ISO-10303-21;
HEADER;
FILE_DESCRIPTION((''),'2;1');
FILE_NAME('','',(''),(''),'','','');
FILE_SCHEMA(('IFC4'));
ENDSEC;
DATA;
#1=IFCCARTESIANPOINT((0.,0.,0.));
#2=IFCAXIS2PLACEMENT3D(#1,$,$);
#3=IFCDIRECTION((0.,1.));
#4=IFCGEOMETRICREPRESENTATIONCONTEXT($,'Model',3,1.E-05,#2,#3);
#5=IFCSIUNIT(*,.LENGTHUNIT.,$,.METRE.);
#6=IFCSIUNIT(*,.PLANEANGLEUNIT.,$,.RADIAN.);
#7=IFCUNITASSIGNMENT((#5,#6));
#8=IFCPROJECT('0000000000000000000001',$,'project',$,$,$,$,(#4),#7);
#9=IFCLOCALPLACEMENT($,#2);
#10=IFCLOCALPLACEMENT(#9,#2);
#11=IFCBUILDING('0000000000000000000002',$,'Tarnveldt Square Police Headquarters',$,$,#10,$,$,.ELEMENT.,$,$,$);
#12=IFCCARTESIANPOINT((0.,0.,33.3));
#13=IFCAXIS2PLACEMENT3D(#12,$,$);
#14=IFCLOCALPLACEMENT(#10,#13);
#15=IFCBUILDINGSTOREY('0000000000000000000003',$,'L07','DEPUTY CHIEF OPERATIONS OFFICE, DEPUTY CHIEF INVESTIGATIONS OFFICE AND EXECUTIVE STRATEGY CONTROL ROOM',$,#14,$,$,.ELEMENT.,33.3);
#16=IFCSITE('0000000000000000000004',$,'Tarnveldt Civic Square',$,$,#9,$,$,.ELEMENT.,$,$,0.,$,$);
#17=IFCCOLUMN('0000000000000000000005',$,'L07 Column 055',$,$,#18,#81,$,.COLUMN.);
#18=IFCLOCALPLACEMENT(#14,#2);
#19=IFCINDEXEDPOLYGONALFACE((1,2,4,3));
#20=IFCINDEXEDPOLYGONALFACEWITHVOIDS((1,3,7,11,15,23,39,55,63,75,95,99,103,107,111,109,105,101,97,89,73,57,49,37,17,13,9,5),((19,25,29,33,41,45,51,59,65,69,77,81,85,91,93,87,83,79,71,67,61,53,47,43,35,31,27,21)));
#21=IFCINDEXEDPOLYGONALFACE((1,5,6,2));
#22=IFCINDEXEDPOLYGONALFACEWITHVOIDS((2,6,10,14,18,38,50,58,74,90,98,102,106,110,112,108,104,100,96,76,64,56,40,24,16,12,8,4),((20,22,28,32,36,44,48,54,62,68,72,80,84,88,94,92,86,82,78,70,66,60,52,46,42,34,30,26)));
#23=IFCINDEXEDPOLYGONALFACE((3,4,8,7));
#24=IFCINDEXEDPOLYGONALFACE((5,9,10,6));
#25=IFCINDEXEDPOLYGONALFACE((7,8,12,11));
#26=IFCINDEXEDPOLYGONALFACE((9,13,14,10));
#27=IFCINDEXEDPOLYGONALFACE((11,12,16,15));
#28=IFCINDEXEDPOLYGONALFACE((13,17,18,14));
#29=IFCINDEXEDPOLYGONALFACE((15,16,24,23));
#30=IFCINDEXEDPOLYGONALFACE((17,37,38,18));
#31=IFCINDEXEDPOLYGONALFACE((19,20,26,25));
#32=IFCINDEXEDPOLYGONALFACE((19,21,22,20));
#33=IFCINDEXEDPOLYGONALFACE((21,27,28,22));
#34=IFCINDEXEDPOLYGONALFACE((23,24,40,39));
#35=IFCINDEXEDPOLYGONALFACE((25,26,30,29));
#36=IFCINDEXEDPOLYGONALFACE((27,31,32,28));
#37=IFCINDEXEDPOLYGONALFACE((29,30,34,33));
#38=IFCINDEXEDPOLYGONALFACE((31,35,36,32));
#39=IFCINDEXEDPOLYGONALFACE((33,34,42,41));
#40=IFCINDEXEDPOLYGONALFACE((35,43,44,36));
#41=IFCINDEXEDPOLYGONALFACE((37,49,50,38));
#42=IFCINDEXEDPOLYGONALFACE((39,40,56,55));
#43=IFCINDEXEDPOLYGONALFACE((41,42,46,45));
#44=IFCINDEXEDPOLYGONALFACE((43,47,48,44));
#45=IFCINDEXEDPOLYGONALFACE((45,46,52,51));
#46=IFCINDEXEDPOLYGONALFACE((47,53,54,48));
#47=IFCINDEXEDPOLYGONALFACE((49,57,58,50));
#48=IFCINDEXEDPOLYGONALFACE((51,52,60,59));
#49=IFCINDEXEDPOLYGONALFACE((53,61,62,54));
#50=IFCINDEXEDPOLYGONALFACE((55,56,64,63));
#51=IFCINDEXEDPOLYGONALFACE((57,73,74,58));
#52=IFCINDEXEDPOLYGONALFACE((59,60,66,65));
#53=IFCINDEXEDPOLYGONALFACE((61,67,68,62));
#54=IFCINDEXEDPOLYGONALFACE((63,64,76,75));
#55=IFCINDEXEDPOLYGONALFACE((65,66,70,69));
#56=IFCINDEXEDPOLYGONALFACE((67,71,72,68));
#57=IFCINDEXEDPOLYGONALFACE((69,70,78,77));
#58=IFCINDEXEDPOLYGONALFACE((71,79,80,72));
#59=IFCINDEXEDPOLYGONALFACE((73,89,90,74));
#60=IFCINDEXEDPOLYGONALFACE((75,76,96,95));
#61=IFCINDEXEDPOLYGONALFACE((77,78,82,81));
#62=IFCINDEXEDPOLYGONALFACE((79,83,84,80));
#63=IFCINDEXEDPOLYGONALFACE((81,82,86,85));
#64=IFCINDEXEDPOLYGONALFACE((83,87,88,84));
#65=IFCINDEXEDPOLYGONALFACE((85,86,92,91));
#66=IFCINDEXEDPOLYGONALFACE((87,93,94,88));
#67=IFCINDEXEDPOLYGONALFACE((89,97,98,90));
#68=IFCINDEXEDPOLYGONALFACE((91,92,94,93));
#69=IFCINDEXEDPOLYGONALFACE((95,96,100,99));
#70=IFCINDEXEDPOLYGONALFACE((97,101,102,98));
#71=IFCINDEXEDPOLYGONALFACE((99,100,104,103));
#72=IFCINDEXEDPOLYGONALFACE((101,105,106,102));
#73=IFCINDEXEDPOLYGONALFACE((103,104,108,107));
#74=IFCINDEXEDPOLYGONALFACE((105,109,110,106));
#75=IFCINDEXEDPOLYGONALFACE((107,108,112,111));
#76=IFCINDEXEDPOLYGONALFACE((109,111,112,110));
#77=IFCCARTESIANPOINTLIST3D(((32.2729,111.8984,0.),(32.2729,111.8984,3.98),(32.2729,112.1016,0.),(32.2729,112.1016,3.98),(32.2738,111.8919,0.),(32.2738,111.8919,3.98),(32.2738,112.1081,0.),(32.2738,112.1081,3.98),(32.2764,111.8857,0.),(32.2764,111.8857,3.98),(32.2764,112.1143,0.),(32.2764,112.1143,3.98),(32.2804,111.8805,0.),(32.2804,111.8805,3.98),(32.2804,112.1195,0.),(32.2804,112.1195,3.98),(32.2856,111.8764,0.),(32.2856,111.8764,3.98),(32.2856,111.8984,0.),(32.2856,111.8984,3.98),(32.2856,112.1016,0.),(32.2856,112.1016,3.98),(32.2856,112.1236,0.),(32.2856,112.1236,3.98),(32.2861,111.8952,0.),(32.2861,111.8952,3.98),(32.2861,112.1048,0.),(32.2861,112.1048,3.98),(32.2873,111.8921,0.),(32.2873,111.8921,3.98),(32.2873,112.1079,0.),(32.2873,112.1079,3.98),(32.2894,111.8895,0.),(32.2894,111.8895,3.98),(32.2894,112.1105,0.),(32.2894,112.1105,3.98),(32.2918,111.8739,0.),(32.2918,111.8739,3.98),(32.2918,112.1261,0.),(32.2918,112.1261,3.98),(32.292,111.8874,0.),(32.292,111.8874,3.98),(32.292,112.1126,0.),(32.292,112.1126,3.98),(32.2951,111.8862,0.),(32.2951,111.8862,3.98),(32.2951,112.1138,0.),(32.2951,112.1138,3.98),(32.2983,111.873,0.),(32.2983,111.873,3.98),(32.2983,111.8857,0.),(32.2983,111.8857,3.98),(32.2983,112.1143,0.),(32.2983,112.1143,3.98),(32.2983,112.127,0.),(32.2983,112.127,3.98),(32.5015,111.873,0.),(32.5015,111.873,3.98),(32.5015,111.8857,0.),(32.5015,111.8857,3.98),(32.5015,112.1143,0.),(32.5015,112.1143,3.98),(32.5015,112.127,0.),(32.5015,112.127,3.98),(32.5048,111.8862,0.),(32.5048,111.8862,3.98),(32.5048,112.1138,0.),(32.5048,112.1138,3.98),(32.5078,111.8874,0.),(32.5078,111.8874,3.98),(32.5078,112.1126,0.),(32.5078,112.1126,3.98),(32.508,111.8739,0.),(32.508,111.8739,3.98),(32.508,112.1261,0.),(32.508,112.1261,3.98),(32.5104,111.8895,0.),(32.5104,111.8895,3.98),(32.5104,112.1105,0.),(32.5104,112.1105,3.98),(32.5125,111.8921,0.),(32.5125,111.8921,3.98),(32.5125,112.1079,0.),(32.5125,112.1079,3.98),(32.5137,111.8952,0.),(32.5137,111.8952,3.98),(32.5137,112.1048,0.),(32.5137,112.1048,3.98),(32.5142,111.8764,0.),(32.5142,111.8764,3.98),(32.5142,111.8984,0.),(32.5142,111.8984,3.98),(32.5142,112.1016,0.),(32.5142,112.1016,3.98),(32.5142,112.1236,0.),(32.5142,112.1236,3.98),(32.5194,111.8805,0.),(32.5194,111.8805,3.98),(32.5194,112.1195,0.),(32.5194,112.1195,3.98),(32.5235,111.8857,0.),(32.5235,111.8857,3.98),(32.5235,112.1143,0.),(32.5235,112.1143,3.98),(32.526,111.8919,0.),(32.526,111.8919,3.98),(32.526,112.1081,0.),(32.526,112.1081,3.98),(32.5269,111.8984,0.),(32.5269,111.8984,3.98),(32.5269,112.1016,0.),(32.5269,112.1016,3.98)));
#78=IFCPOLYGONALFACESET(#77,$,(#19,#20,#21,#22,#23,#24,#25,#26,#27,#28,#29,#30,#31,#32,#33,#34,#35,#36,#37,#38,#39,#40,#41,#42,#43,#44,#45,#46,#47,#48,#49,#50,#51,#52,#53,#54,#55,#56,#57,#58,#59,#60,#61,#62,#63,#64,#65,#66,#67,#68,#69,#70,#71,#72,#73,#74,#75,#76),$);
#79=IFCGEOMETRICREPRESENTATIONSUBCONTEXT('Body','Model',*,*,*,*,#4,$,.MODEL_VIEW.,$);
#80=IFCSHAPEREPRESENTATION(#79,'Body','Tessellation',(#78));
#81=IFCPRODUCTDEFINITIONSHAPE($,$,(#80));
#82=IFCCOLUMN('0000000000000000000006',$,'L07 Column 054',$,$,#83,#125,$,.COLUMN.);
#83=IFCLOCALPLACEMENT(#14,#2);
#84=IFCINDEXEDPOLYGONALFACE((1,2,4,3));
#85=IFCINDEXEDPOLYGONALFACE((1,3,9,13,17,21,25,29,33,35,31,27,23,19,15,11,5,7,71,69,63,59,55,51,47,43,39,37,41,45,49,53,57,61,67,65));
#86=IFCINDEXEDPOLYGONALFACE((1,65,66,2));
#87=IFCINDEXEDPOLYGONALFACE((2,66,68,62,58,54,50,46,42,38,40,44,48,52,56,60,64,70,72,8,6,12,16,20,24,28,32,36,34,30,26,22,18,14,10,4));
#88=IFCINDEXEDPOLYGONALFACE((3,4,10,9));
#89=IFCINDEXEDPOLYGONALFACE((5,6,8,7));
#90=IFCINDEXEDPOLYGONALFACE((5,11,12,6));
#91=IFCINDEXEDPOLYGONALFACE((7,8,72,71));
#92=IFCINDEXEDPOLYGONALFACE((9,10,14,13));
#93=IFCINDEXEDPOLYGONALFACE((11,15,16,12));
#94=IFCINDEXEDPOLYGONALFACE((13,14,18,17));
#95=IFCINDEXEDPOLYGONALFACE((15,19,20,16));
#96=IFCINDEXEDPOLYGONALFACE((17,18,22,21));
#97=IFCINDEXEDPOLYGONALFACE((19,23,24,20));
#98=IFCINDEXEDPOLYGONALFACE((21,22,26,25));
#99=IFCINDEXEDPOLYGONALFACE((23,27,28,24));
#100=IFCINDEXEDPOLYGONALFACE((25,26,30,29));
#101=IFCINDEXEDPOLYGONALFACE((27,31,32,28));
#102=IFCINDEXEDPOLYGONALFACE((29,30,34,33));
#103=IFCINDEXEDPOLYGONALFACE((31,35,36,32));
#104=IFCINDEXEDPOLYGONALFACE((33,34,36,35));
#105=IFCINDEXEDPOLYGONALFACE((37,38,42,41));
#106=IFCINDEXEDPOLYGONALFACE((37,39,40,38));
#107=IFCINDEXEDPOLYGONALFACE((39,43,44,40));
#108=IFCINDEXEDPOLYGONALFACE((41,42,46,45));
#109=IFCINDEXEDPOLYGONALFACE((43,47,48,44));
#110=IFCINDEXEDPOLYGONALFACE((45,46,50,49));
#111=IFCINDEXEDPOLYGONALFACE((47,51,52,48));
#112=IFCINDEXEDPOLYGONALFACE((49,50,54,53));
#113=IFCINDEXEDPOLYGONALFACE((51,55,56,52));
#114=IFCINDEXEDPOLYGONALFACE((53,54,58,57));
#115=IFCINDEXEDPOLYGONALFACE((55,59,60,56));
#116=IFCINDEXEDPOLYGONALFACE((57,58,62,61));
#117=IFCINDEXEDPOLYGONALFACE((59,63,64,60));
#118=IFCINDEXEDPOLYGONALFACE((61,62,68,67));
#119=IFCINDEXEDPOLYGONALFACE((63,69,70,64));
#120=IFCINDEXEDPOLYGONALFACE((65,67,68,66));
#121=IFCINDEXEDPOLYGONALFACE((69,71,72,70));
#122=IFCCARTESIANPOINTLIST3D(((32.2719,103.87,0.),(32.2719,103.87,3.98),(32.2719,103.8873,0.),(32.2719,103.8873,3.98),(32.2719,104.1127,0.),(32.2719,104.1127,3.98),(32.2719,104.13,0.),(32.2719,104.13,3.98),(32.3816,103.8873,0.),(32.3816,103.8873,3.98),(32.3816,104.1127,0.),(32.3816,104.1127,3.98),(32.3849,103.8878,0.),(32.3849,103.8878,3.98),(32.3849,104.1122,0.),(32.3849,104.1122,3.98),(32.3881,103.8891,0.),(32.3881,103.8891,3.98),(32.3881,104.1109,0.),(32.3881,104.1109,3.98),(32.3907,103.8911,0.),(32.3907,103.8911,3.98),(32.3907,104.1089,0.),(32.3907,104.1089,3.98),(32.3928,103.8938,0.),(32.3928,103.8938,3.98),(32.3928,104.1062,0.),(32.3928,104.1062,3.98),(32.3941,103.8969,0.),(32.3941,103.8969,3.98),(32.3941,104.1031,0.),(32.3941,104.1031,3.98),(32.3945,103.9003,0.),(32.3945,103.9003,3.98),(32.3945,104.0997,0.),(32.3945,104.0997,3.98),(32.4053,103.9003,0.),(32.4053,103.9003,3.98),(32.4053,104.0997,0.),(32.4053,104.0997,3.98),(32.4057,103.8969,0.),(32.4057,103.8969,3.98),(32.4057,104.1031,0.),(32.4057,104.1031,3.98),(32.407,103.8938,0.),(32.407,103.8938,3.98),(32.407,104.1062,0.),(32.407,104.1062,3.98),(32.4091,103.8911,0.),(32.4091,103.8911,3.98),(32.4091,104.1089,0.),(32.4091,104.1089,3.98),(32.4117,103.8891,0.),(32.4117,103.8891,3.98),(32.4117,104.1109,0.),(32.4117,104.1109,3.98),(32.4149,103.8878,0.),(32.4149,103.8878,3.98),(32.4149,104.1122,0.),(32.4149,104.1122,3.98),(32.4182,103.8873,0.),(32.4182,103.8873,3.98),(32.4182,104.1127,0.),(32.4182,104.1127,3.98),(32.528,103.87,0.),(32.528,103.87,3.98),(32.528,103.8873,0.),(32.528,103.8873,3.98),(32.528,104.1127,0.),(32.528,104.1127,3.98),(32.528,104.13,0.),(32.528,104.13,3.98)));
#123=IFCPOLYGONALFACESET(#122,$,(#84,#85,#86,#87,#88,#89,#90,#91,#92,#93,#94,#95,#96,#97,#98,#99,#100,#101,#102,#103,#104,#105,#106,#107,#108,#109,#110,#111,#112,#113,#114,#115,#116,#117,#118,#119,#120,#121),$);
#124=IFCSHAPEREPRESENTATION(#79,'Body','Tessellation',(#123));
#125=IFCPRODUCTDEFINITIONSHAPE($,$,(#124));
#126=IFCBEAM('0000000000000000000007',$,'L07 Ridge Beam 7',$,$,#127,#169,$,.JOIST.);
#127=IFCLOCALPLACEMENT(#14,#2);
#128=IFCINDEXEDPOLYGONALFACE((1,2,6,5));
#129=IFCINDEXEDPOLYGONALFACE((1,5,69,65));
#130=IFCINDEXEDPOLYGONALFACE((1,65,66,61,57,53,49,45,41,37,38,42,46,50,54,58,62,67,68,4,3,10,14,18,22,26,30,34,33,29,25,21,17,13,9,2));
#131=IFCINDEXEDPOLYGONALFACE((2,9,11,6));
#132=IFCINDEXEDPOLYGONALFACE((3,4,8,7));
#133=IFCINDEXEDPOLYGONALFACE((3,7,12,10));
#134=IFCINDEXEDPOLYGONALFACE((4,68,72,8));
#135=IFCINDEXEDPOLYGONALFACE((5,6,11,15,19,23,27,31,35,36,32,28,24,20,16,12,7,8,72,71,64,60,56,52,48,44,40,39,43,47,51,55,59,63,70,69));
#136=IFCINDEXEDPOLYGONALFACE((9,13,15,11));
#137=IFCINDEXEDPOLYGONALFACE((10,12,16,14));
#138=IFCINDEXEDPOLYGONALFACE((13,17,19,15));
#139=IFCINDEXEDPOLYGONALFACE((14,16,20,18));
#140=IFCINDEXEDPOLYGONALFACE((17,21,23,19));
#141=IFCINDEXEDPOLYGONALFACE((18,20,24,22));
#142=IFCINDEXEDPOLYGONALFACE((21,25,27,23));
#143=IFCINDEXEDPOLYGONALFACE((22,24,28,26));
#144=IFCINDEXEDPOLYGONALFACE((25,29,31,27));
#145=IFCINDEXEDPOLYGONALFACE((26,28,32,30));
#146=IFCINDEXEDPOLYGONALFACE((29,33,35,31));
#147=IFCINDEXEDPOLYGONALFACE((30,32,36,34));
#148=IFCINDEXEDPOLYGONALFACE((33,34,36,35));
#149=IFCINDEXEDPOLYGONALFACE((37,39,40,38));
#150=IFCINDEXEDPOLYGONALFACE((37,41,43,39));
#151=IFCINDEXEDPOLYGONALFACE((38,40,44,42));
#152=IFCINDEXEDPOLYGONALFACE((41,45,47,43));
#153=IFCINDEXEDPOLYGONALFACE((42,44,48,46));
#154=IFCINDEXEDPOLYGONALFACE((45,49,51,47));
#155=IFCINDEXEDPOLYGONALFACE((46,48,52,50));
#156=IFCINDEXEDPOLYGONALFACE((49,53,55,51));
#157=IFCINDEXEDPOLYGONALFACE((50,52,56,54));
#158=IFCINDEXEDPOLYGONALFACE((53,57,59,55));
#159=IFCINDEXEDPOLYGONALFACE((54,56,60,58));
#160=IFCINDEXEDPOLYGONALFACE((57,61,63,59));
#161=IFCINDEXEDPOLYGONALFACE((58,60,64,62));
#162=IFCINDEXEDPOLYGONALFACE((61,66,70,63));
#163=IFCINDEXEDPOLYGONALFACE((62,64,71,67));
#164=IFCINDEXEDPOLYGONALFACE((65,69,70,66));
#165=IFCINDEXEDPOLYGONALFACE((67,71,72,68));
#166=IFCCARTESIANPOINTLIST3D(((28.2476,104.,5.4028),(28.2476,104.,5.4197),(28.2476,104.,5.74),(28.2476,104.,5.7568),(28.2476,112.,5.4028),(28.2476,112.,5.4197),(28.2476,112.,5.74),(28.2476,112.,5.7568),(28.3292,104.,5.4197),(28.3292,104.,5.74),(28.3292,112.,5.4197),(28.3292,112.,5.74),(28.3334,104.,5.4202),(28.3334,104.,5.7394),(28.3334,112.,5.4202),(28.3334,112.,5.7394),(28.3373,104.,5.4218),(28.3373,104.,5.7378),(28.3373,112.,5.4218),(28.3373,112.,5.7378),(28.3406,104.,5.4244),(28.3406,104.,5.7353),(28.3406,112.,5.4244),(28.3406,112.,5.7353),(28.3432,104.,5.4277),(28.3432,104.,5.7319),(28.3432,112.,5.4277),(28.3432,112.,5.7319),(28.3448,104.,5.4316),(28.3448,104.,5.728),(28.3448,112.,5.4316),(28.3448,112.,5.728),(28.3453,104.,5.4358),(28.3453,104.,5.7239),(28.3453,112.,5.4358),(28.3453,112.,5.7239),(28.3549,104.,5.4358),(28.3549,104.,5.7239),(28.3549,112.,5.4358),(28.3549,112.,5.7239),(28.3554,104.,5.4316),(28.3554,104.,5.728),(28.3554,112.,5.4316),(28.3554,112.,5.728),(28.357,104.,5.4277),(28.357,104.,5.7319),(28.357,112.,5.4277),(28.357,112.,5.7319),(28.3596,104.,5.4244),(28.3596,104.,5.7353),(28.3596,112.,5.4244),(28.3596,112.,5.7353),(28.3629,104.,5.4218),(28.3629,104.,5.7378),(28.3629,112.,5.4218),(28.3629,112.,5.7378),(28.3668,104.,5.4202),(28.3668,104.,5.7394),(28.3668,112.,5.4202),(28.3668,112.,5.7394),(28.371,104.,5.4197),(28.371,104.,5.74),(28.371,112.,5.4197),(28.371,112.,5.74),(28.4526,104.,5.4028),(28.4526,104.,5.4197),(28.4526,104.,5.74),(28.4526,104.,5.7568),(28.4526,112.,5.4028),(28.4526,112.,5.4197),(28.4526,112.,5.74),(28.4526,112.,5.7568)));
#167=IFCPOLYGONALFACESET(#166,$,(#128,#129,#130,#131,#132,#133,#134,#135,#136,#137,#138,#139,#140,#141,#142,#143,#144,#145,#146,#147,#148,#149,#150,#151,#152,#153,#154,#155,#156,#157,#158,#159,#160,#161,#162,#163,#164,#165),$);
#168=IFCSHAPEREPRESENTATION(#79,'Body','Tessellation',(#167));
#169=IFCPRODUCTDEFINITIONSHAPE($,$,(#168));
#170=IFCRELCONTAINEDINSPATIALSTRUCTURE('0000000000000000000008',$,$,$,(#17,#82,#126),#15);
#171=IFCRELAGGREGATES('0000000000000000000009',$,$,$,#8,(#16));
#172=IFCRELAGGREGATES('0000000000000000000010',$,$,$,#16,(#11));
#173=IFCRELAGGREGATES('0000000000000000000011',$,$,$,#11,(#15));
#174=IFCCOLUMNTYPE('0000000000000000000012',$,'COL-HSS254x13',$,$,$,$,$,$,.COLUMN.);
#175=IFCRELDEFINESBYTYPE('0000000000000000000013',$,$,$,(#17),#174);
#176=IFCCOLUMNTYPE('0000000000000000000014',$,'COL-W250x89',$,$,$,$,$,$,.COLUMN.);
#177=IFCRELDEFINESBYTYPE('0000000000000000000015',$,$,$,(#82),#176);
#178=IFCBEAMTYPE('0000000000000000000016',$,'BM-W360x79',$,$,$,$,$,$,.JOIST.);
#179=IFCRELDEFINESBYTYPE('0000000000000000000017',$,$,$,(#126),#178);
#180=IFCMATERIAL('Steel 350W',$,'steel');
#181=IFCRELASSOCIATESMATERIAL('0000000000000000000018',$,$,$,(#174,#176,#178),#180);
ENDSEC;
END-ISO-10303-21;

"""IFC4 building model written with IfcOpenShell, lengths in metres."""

from ifc_helpers import new_model, si_unit, direction, frame, origin, origin_2d, place, context, subcontext, project, spatial, hollow_rectangle, i_section, extrude, material, material_profile, profile_set, type_object, element, save


model = new_model("IFC4")

# Units and contexts
model_context = context("Model", 3, precision=1e-05, world=origin(), true_north=direction((0.0, 1.0)))
body_context = subcontext(model_context, "Body", "Model", "MODEL_VIEW")
ifc_project = project(units=[si_unit("LENGTHUNIT", "METRE"), si_unit("PLANEANGLEUNIT", "RADIAN")], contexts=[model_context])

# Site, building, storey
site_placement = place(None, origin())
site = spatial("IfcSite", under=ifc_project, at=site_placement, Name="Tarnveldt Civic Square", CompositionType="ELEMENT", RefElevation=0.0)
building_placement = place(site_placement, origin())
building = spatial("IfcBuilding", under=site, at=building_placement, Name="Tarnveldt Square Police Headquarters", CompositionType="ELEMENT")
storey_placement = place(building_placement, frame((0.0, 0.0, 33.3)))
storey = spatial("IfcBuildingStorey", under=building, at=storey_placement, Name="L07", Description="DEPUTY CHIEF OPERATIONS OFFICE, DEPUTY CHIEF INVESTIGATIONS OFFICE AND EXECUTIVE STRATEGY CONTROL ROOM", CompositionType="ELEMENT", Elevation=33.3)

# Columns
ifc_material_1 = material(Name="Steel 350W", Category="steel")
ifc_material_profile_1 = material_profile(ifc_material_1, hollow_rectangle(XDim=0.2539, YDim=0.2539, WallThickness=0.0127, InnerFilletRadius=0.0127, OuterFilletRadius=0.0254, at=origin_2d()), Name="HSS254x254x13")
ifc_profile_set_1 = profile_set([ifc_material_profile_1], Name="Steel 350W")
column_type_1 = type_object("IfcColumnType", Name="COL-HSS254x13", PredefinedType="COLUMN", material=ifc_profile_set_1)
column_1_placement = place(storey_placement, frame((32.3999, 112.0, 0.0), z_axis=(0.0, 0.0, 1.0), x_axis=(1.0, 0.0, 0.0)))
element("IfcColumn", 1, at=column_1_placement, inside=storey, type_object=column_type_1, Name="L07 Column 055", PredefinedType="COLUMN", context=body_context, shape_type="SweptSolid", body=[
    extrude(hollow_rectangle(XDim=0.2539, YDim=0.2539, WallThickness=0.0127, InnerFilletRadius=0.0127, OuterFilletRadius=0.0254, at=origin_2d()), origin(), (0.0, 0.0, 1.0), 3.98),
])
ifc_material_profile_2 = material_profile(ifc_material_1, i_section(OverallWidth=0.2561, OverallDepth=0.26, WebThickness=0.0107, FlangeThickness=0.0173, FilletRadius=0.0129, at=origin_2d()), Name="W250x89")
ifc_profile_set_2 = profile_set([ifc_material_profile_2], Name="Steel 350W")
column_type_2 = type_object("IfcColumnType", Name="COL-W250x89", PredefinedType="COLUMN", material=ifc_profile_set_2)
column_2_placement = place(storey_placement, frame((32.3999, 104.0, 0.0), z_axis=(0.0, 0.0, 1.0), x_axis=(1.0, 0.0, 0.0)))
element("IfcColumn", 2, at=column_2_placement, inside=storey, type_object=column_type_2, Name="L07 Column 054", PredefinedType="COLUMN", context=body_context, shape_type="SweptSolid", body=[
    extrude(i_section(OverallWidth=0.2561, OverallDepth=0.26, WebThickness=0.0107, FlangeThickness=0.0173, FilletRadius=0.0129, at=origin_2d()), origin(), (0.0, 0.0, 1.0), 3.98),
])

# Beam
ifc_material_profile_3 = material_profile(ifc_material_1, i_section(OverallWidth=0.2051, OverallDepth=0.354, WebThickness=0.0095, FlangeThickness=0.0168, FilletRadius=0.0161, at=origin_2d()), Name="W360x79")
ifc_profile_set_3 = profile_set([ifc_material_profile_3], Name="Steel 350W")
beam_type = type_object("IfcBeamType", Name="BM-W360x79", PredefinedType="JOIST", material=ifc_profile_set_3)
beam_placement = place(storey_placement, frame((28.3501, 104.0, 5.5798), z_axis=(0.0, 1.0, 0.0), x_axis=(-1.0, 0.0, 0.0)))
element("IfcBeam", 3, at=beam_placement, inside=storey, type_object=beam_type, Name="L07 Ridge Beam 7", PredefinedType="JOIST", context=body_context, shape_type="SweptSolid", body=[
    extrude(i_section(OverallWidth=0.2051, OverallDepth=0.354, WebThickness=0.0095, FlangeThickness=0.0168, FilletRadius=0.0161, at=origin_2d()), origin(), (0.0, 0.0, 1.0), 8.0),
])

save(model, "model.ifc")
